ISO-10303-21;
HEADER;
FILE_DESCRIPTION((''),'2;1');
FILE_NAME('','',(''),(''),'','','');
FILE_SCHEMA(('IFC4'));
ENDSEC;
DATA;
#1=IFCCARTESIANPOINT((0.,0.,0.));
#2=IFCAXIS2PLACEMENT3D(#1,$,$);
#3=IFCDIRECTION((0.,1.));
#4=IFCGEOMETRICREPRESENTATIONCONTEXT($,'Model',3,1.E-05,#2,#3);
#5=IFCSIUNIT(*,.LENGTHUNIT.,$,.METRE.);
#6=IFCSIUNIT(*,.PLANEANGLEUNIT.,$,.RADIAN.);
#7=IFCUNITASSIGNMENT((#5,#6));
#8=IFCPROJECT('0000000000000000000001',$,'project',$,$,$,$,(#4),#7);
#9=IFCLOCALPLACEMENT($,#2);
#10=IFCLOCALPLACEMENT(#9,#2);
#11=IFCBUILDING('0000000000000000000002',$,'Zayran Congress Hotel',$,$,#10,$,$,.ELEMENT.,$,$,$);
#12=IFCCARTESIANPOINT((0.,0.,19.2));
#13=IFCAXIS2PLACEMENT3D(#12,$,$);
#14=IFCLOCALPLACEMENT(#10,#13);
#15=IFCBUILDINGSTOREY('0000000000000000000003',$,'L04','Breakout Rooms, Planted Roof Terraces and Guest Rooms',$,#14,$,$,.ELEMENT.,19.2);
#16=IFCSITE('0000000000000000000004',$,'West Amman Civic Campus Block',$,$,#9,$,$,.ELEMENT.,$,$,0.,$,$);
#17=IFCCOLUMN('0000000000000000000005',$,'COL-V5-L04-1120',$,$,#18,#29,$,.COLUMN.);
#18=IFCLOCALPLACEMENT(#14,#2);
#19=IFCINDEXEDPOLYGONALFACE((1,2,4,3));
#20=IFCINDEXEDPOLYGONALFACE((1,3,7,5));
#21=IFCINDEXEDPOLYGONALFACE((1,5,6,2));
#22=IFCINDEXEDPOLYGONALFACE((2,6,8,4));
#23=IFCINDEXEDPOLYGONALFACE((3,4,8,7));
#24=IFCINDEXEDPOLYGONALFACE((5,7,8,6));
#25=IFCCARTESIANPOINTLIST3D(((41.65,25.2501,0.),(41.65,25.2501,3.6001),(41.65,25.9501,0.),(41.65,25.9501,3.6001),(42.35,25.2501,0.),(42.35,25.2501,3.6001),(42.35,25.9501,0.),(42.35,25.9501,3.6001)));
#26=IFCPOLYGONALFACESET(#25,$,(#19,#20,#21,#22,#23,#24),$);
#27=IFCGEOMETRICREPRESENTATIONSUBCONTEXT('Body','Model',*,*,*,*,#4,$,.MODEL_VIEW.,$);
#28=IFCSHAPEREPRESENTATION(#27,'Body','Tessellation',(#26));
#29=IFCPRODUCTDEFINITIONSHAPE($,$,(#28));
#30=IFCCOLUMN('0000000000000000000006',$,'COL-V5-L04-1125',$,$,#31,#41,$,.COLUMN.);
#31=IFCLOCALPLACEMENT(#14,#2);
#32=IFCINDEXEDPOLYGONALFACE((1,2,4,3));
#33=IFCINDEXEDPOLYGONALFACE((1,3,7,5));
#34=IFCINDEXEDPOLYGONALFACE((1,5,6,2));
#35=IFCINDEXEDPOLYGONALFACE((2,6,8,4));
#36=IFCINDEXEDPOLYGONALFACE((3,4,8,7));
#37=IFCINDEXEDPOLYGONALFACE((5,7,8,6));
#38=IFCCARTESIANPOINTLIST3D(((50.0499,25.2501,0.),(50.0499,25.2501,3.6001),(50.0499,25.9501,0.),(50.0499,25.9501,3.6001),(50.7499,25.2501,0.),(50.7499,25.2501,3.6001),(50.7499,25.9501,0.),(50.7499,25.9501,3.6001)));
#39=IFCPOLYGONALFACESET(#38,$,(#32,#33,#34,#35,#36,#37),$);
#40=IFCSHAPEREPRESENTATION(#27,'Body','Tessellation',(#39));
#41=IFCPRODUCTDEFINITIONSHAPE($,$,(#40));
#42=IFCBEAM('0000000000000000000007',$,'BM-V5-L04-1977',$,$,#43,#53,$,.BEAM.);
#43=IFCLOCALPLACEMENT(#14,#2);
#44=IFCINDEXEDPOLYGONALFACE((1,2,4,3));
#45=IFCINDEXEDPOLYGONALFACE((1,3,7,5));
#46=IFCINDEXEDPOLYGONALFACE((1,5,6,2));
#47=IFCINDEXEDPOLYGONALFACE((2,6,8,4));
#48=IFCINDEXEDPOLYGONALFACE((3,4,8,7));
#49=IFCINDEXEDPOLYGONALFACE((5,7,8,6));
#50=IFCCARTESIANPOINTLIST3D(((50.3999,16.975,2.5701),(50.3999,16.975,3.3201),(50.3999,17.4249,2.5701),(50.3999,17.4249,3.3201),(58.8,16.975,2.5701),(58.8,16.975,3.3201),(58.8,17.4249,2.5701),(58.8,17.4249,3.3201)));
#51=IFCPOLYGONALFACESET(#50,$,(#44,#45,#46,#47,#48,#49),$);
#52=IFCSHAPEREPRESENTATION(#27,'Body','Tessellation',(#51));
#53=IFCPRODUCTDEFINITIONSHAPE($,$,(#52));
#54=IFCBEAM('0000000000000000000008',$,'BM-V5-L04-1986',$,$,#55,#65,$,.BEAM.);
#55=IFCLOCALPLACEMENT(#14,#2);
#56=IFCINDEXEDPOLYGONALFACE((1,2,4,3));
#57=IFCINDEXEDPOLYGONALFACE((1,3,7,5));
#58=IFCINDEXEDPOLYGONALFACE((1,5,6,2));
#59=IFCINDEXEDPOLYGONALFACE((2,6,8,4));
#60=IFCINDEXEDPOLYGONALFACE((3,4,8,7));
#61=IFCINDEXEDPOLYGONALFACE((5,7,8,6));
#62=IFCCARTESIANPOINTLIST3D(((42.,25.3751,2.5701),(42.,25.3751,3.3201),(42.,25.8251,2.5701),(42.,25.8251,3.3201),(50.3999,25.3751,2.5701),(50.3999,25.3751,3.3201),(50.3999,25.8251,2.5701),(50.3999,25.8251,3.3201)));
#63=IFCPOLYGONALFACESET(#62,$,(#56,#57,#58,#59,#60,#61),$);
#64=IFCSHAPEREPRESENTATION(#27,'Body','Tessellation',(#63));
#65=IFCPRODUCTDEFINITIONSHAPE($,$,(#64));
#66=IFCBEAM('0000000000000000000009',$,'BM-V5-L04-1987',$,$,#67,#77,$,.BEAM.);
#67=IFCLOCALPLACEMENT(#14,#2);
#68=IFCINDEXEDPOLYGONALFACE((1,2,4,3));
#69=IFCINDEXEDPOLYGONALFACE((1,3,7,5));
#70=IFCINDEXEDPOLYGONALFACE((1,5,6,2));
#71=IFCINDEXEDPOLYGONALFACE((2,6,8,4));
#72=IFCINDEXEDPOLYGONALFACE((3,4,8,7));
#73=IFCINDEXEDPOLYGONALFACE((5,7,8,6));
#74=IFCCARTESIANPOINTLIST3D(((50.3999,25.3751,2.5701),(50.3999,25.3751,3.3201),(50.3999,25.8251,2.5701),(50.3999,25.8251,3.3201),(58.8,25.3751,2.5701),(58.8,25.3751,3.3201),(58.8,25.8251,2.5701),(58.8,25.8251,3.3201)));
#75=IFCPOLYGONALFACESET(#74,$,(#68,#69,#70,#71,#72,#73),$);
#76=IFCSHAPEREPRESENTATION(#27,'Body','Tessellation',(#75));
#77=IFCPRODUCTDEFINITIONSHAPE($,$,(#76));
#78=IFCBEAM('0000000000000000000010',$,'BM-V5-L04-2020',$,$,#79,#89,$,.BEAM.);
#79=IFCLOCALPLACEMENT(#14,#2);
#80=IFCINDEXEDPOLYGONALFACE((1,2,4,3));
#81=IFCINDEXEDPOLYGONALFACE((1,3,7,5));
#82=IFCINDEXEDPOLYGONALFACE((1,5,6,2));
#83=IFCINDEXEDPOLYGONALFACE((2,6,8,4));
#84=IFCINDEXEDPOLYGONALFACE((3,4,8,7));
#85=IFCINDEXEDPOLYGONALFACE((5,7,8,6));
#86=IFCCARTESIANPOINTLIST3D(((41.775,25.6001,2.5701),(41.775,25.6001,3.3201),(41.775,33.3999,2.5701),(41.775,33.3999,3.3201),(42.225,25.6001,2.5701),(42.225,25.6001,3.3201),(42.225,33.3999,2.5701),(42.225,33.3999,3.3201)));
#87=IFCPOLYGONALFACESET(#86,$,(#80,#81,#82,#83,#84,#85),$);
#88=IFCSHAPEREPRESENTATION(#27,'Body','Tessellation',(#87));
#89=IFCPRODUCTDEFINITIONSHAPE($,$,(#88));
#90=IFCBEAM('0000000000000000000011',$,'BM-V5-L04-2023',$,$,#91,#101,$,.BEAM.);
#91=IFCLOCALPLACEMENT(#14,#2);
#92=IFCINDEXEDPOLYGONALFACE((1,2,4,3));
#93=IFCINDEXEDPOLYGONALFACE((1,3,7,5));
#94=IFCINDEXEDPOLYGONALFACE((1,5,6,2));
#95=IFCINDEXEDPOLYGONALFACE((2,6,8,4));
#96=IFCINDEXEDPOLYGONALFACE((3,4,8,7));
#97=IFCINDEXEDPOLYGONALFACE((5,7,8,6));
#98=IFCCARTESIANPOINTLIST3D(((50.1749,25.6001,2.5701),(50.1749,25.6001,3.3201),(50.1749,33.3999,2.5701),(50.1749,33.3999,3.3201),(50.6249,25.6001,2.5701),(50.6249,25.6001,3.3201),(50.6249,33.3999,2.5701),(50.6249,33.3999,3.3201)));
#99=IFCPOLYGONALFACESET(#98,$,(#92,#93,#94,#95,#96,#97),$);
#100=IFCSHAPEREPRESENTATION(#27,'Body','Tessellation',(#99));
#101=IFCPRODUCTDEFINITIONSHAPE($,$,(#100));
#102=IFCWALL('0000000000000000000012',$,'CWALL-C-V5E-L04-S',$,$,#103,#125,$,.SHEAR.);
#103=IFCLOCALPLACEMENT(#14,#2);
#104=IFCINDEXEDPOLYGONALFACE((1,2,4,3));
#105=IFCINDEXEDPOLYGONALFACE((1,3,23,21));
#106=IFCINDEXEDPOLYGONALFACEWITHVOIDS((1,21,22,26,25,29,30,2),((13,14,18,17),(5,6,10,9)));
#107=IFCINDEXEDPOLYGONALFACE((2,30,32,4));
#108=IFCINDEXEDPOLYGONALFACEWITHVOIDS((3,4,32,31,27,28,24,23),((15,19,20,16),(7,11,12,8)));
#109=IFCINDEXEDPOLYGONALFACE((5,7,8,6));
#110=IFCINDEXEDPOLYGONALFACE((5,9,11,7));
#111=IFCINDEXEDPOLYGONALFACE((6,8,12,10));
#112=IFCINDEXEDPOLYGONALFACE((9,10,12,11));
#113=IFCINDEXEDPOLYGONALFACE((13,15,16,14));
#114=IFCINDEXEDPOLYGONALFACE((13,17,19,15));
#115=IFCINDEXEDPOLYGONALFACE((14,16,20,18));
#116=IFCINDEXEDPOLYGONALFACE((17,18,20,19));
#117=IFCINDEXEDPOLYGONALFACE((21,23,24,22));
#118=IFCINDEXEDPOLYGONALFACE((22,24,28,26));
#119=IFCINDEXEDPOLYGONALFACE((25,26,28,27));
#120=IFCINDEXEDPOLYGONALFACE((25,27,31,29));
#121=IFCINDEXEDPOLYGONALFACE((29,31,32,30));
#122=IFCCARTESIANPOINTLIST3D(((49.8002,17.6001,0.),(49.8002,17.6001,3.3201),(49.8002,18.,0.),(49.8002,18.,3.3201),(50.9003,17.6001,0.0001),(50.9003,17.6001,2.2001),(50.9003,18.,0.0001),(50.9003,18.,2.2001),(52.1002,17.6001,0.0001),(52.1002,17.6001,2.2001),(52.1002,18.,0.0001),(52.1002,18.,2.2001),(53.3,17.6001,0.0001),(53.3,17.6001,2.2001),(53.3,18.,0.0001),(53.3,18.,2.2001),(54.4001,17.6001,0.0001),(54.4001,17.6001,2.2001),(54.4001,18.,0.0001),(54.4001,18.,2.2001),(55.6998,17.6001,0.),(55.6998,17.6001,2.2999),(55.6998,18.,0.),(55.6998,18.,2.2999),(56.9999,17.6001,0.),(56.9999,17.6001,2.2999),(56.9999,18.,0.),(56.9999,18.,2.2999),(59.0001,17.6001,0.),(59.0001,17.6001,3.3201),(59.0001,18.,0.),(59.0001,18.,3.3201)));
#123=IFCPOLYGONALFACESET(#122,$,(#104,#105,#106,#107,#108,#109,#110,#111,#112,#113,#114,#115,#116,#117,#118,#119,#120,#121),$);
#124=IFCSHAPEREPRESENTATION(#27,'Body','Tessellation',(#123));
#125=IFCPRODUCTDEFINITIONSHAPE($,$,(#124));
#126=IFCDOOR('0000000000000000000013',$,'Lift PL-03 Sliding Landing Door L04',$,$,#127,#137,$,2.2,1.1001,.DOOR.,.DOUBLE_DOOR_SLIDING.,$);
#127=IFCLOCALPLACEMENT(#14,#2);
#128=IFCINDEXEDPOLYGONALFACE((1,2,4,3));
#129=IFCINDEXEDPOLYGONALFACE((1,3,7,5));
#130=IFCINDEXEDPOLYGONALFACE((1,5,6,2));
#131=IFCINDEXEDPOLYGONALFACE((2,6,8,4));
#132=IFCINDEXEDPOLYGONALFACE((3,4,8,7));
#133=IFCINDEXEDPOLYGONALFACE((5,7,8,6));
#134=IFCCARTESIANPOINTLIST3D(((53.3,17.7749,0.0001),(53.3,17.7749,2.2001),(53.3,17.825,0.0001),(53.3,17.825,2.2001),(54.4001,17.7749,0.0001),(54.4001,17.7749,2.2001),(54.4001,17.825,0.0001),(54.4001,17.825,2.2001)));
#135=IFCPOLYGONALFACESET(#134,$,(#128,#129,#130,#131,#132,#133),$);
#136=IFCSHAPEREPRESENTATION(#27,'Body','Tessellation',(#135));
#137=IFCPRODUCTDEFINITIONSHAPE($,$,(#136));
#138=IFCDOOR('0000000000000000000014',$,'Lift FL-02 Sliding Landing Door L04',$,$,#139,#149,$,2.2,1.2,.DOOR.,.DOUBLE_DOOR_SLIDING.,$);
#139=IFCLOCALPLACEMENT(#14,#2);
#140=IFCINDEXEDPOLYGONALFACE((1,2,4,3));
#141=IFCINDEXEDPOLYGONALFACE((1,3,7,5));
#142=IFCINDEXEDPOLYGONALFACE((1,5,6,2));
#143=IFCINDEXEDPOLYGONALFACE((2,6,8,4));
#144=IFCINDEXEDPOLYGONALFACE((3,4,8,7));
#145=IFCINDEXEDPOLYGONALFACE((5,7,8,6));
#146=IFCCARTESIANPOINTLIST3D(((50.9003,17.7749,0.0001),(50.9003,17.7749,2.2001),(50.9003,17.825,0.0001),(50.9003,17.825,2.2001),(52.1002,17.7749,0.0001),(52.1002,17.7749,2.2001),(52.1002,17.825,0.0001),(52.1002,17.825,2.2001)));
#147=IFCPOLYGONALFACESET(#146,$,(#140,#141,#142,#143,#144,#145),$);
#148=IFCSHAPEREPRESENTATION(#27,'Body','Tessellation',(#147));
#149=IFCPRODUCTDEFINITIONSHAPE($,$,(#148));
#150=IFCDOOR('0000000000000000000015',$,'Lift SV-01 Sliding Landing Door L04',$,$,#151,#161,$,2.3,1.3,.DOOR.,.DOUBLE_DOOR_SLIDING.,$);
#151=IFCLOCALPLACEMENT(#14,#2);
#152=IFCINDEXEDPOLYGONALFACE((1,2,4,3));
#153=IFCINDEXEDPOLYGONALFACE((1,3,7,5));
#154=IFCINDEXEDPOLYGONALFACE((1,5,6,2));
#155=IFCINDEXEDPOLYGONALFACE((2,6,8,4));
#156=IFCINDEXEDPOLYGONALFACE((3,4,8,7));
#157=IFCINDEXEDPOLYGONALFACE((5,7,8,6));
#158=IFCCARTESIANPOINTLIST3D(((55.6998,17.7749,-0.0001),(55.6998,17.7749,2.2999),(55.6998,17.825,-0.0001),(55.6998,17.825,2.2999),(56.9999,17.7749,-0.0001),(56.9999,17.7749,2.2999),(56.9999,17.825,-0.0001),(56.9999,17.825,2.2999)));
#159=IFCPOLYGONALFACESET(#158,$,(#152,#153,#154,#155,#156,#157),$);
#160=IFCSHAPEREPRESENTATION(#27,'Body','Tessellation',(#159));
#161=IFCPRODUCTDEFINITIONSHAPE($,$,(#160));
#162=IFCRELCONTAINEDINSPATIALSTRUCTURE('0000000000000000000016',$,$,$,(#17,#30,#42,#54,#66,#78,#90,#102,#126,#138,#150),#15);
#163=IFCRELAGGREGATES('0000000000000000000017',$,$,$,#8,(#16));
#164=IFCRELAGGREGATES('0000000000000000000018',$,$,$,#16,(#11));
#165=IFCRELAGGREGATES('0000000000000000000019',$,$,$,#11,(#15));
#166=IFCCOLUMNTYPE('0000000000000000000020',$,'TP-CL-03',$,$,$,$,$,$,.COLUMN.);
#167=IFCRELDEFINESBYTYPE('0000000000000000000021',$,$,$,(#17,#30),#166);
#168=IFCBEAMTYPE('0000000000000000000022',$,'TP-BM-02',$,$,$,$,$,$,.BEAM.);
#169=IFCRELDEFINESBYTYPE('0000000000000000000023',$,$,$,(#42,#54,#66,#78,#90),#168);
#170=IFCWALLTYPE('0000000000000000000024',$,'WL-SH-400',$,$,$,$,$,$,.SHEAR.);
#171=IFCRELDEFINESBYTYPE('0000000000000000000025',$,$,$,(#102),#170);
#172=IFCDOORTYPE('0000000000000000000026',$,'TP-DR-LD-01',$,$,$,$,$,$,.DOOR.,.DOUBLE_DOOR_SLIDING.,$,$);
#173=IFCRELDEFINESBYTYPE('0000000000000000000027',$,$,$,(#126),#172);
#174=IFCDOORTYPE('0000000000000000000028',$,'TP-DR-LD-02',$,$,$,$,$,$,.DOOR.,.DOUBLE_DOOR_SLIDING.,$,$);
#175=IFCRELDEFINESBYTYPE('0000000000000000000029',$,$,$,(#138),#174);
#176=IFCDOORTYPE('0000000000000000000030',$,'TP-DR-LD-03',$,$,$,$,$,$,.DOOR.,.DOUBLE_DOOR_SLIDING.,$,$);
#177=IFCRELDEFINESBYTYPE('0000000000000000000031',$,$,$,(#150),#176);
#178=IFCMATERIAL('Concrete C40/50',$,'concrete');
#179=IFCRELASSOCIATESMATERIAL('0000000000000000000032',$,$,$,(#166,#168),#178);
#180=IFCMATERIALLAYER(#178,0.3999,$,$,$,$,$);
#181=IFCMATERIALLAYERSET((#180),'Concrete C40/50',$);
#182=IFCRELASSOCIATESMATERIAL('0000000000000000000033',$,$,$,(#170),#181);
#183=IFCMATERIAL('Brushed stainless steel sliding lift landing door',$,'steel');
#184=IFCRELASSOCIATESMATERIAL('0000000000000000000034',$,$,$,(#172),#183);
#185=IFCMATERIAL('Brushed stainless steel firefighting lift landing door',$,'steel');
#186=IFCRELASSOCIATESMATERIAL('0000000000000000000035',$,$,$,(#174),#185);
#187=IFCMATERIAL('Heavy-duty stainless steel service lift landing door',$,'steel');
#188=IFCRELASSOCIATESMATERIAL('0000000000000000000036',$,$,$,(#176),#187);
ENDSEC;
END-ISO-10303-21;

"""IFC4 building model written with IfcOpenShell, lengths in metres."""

from ifc_helpers import new_model, si_unit, direction, frame, frame_2d, origin, origin_2d, place, context, subcontext, project, spatial, rectangle, extrude, material, layer, layer_set, material_profile, profile_set, type_object, element, fill, save


model = new_model("IFC4")

# Units and contexts
model_context = context("Model", 3, precision=1e-05, world=origin(), true_north=direction((0.0, 1.0)))
body_context = subcontext(model_context, "Body", "Model", "MODEL_VIEW")
ifc_project = project(units=[si_unit("LENGTHUNIT", "METRE"), si_unit("PLANEANGLEUNIT", "RADIAN")], contexts=[model_context])

# Site, building, storey
site_placement = place(None, origin())
site = spatial("IfcSite", under=ifc_project, at=site_placement, Name="West Amman Civic Campus Block", CompositionType="ELEMENT", RefElevation=0.0)
building_placement = place(site_placement, origin())
building = spatial("IfcBuilding", under=site, at=building_placement, Name="Zayran Congress Hotel", CompositionType="ELEMENT")
storey_placement = place(building_placement, frame((0.0, 0.0, 19.2)))
storey = spatial("IfcBuildingStorey", under=building, at=storey_placement, Name="L04", Description="Breakout Rooms, Planted Roof Terraces and Guest Rooms", CompositionType="ELEMENT", Elevation=19.2)

# Columns
ifc_material_1 = material(Name="Concrete C40/50", Category="concrete")
ifc_material_profile_1 = material_profile(ifc_material_1, rectangle(XDim=0.7, YDim=0.7, at=origin_2d()), Name="RC 700x700")
ifc_profile_set_1 = profile_set([ifc_material_profile_1], Name="Concrete C40/50")
column_type = type_object("IfcColumnType", Name="TP-CL-03", PredefinedType="COLUMN", material=ifc_profile_set_1)
for number, where, z_axis, x_axis, name in (
    (1, (42.0, 25.6001, 0.0), (0.0, 0.0, 1.0), (1.0, 0.0, 0.0), "COL-V5-L04-1120"),
    (2, (50.3999, 25.6001, 0.0), (0.0, 0.0, 1.0), (1.0, 0.0, 0.0), "COL-V5-L04-1125"),
):
    element("IfcColumn", number, at=place(storey_placement, frame(where, z_axis=z_axis, x_axis=x_axis)), inside=storey, type_object=column_type, Name=name, PredefinedType="COLUMN", context=body_context, shape_type="SweptSolid", body=[
        extrude(rectangle(XDim=0.7, YDim=0.7, at=origin_2d()), origin(), (0.0, 0.0, 1.0), 3.6001),
    ])

# Beams
ifc_material_profile_2 = material_profile(ifc_material_1, rectangle(XDim=0.45, YDim=0.75, at=origin_2d()), Name="RC 450x750")
ifc_profile_set_2 = profile_set([ifc_material_profile_2], Name="Concrete C40/50")
beam_type = type_object("IfcBeamType", Name="TP-BM-02", PredefinedType="BEAM", material=ifc_profile_set_2)
beam_1_placement = place(storey_placement, frame((50.3999, 17.2, 2.9451), z_axis=(1.0, 0.0, 0.0), x_axis=(0.0, 1.0, 0.0)))
element("IfcBeam", 3, at=beam_1_placement, inside=storey, type_object=beam_type, Name="BM-V5-L04-1977", PredefinedType="BEAM", context=body_context, shape_type="SweptSolid", body=[
    extrude(rectangle(XDim=0.45, YDim=0.75, at=origin_2d()), origin(), (0.0, 0.0, 1.0), 8.4001),
])
beam_2_placement = place(storey_placement, frame((42.0, 25.6001, 2.9451), z_axis=(1.0, 0.0, 0.0), x_axis=(0.0, 1.0, 0.0)))
element("IfcBeam", 4, at=beam_2_placement, inside=storey, type_object=beam_type, Name="BM-V5-L04-1986", PredefinedType="BEAM", context=body_context, shape_type="SweptSolid", body=[
    extrude(rectangle(XDim=0.45, YDim=0.75, at=origin_2d()), origin(), (0.0, 0.0, 1.0), 8.3999),
])
beam_3_placement = place(storey_placement, frame((50.3999, 25.6001, 2.9451), z_axis=(1.0, 0.0, 0.0), x_axis=(0.0, 1.0, 0.0)))
element("IfcBeam", 5, at=beam_3_placement, inside=storey, type_object=beam_type, Name="BM-V5-L04-1987", PredefinedType="BEAM", context=body_context, shape_type="SweptSolid", body=[
    extrude(rectangle(XDim=0.45, YDim=0.75, at=origin_2d()), origin(), (0.0, 0.0, 1.0), 8.4001),
])
for number, where, z_axis, x_axis, name in (
    (6, (42.0, 25.6001, 2.9451), (0.0, 1.0, 0.0), (-1.0, 0.0, 0.0), "BM-V5-L04-2020"),
    (7, (50.3999, 25.6001, 2.9451), (0.0, 1.0, 0.0), (-1.0, 0.0, 0.0), "BM-V5-L04-2023"),
):
    element("IfcBeam", number, at=place(storey_placement, frame(where, z_axis=z_axis, x_axis=x_axis)), inside=storey, type_object=beam_type, Name=name, PredefinedType="BEAM", context=body_context, shape_type="SweptSolid", body=[
        extrude(rectangle(XDim=0.45, YDim=0.75, at=origin_2d()), origin(), (0.0, 0.0, 1.0), 7.7998),
    ])

# Wall, openings, doors
ifc_layer_1 = layer(ifc_material_1, 0.3999)
ifc_layer_set_1 = layer_set([ifc_layer_1], Name="Concrete C40/50")
wall_type_1 = type_object("IfcWallType", Name="WL-SH-400", PredefinedType="SHEAR", material=ifc_layer_set_1)
wall_1_placement = place(storey_placement, frame((49.8, 17.8, 0.0), z_axis=(0.0, 0.0, 1.0), x_axis=(1.0, 0.0, 0.0)))
wall_1 = element("IfcWall", 8, at=wall_1_placement, inside=storey, type_object=wall_type_1, Name="CWALL-C-V5E-L04-S", PredefinedType="SHEAR", context=body_context, shape_type="SweptSolid", body=[
    extrude(rectangle(XDim=9.2, YDim=0.3999, at=frame_2d((4.6001, 0.0))), origin(), (0.0, 0.0, 1.0), 3.3201),
])
opening_1_placement = place(wall_1_placement, frame((1.1001, 0.0, 0.0)))
opening_1 = element("IfcOpeningElement", 9, at=opening_1_placement, cuts=wall_1, PredefinedType="OPENING", context=body_context, shape_type="SweptSolid", body=[
    extrude(rectangle(XDim=1.2, YDim=2.2, at=frame_2d((0.6001, 1.1001))), frame((0.0, 0.21, 0.0), z_axis=(0.0, -1.0, 0.0), x_axis=(1.0, 0.0, 0.0)), (0.0, 0.0, 1.0), 0.4199),
])
opening_2_placement = place(wall_1_placement, frame((3.5, 0.0, 0.0)))
opening_2 = element("IfcOpeningElement", 10, at=opening_2_placement, cuts=wall_1, PredefinedType="OPENING", context=body_context, shape_type="SweptSolid", body=[
    extrude(rectangle(XDim=1.1001, YDim=2.2, at=frame_2d((0.55, 1.1001))), frame((0.0, 0.21, 0.0), z_axis=(0.0, -1.0, 0.0), x_axis=(1.0, 0.0, 0.0)), (0.0, 0.0, 1.0), 0.4199),
])
opening_3_placement = place(wall_1_placement, frame((5.8999, 0.0, 0.0)))
opening_3 = element("IfcOpeningElement", 11, at=opening_3_placement, cuts=wall_1, PredefinedType="OPENING", context=body_context, shape_type="SweptSolid", body=[
    extrude(rectangle(XDim=1.3, YDim=2.3, at=frame_2d((0.6499, 1.1499))), frame((0.0, 0.21, 0.0), z_axis=(0.0, -1.0, 0.0), x_axis=(1.0, 0.0, 0.0)), (0.0, 0.0, 1.0), 0.4199),
])
ifc_material_2 = material(Name="Brushed stainless steel sliding lift landing door", Category="steel")
door_type_1 = type_object("IfcDoorType", Name="TP-DR-LD-01", OperationType="DOUBLE_DOOR_SLIDING", PredefinedType="DOOR", material=ifc_material_2)
door_1_placement = place(opening_2_placement, origin())
door_1 = element("IfcDoor", 12, at=door_1_placement, inside=storey, type_object=door_type_1, Name="Lift PL-03 Sliding Landing Door L04", OperationType="DOUBLE_DOOR_SLIDING", OverallHeight=2.2, OverallWidth=1.1001, PredefinedType="DOOR", context=body_context, shape_type="SweptSolid", body=[
    extrude(rectangle(XDim=1.1001, YDim=2.2, at=frame_2d((0.55, 1.1001))), frame((0.0, 0.0249, 0.0), z_axis=(0.0, -1.0, 0.0), x_axis=(1.0, 0.0, 0.0)), (0.0, 0.0, 1.0), 0.05),
])
fill(opening_2, door_1)
ifc_material_3 = material(Name="Brushed stainless steel firefighting lift landing door", Category="steel")
door_type_2 = type_object("IfcDoorType", Name="TP-DR-LD-02", OperationType="DOUBLE_DOOR_SLIDING", PredefinedType="DOOR", material=ifc_material_3)
door_2_placement = place(opening_1_placement, origin())
door_2 = element("IfcDoor", 13, at=door_2_placement, inside=storey, type_object=door_type_2, Name="Lift FL-02 Sliding Landing Door L04", OperationType="DOUBLE_DOOR_SLIDING", OverallHeight=2.2, OverallWidth=1.2, PredefinedType="DOOR", context=body_context, shape_type="SweptSolid", body=[
    extrude(rectangle(XDim=1.2, YDim=2.2, at=frame_2d((0.6001, 1.1001))), frame((0.0, 0.0249, 0.0), z_axis=(0.0, -1.0, 0.0), x_axis=(1.0, 0.0, 0.0)), (0.0, 0.0, 1.0), 0.05),
])
fill(opening_1, door_2)
ifc_material_4 = material(Name="Heavy-duty stainless steel service lift landing door", Category="steel")
door_type_3 = type_object("IfcDoorType", Name="TP-DR-LD-03", OperationType="DOUBLE_DOOR_SLIDING", PredefinedType="DOOR", material=ifc_material_4)
door_3_placement = place(opening_3_placement, origin())
door_3 = element("IfcDoor", 14, at=door_3_placement, inside=storey, type_object=door_type_3, Name="Lift SV-01 Sliding Landing Door L04", OperationType="DOUBLE_DOOR_SLIDING", OverallHeight=2.3, OverallWidth=1.3, PredefinedType="DOOR", context=body_context, shape_type="SweptSolid", body=[
    extrude(rectangle(XDim=1.3, YDim=2.3, at=frame_2d((0.6499, 1.1499))), frame((0.0, 0.0249, 0.0), z_axis=(0.0, -1.0, 0.0), x_axis=(1.0, 0.0, 0.0)), (0.0, 0.0, 1.0), 0.05),
])
fill(opening_3, door_3)

save(model, "model.ifc")
